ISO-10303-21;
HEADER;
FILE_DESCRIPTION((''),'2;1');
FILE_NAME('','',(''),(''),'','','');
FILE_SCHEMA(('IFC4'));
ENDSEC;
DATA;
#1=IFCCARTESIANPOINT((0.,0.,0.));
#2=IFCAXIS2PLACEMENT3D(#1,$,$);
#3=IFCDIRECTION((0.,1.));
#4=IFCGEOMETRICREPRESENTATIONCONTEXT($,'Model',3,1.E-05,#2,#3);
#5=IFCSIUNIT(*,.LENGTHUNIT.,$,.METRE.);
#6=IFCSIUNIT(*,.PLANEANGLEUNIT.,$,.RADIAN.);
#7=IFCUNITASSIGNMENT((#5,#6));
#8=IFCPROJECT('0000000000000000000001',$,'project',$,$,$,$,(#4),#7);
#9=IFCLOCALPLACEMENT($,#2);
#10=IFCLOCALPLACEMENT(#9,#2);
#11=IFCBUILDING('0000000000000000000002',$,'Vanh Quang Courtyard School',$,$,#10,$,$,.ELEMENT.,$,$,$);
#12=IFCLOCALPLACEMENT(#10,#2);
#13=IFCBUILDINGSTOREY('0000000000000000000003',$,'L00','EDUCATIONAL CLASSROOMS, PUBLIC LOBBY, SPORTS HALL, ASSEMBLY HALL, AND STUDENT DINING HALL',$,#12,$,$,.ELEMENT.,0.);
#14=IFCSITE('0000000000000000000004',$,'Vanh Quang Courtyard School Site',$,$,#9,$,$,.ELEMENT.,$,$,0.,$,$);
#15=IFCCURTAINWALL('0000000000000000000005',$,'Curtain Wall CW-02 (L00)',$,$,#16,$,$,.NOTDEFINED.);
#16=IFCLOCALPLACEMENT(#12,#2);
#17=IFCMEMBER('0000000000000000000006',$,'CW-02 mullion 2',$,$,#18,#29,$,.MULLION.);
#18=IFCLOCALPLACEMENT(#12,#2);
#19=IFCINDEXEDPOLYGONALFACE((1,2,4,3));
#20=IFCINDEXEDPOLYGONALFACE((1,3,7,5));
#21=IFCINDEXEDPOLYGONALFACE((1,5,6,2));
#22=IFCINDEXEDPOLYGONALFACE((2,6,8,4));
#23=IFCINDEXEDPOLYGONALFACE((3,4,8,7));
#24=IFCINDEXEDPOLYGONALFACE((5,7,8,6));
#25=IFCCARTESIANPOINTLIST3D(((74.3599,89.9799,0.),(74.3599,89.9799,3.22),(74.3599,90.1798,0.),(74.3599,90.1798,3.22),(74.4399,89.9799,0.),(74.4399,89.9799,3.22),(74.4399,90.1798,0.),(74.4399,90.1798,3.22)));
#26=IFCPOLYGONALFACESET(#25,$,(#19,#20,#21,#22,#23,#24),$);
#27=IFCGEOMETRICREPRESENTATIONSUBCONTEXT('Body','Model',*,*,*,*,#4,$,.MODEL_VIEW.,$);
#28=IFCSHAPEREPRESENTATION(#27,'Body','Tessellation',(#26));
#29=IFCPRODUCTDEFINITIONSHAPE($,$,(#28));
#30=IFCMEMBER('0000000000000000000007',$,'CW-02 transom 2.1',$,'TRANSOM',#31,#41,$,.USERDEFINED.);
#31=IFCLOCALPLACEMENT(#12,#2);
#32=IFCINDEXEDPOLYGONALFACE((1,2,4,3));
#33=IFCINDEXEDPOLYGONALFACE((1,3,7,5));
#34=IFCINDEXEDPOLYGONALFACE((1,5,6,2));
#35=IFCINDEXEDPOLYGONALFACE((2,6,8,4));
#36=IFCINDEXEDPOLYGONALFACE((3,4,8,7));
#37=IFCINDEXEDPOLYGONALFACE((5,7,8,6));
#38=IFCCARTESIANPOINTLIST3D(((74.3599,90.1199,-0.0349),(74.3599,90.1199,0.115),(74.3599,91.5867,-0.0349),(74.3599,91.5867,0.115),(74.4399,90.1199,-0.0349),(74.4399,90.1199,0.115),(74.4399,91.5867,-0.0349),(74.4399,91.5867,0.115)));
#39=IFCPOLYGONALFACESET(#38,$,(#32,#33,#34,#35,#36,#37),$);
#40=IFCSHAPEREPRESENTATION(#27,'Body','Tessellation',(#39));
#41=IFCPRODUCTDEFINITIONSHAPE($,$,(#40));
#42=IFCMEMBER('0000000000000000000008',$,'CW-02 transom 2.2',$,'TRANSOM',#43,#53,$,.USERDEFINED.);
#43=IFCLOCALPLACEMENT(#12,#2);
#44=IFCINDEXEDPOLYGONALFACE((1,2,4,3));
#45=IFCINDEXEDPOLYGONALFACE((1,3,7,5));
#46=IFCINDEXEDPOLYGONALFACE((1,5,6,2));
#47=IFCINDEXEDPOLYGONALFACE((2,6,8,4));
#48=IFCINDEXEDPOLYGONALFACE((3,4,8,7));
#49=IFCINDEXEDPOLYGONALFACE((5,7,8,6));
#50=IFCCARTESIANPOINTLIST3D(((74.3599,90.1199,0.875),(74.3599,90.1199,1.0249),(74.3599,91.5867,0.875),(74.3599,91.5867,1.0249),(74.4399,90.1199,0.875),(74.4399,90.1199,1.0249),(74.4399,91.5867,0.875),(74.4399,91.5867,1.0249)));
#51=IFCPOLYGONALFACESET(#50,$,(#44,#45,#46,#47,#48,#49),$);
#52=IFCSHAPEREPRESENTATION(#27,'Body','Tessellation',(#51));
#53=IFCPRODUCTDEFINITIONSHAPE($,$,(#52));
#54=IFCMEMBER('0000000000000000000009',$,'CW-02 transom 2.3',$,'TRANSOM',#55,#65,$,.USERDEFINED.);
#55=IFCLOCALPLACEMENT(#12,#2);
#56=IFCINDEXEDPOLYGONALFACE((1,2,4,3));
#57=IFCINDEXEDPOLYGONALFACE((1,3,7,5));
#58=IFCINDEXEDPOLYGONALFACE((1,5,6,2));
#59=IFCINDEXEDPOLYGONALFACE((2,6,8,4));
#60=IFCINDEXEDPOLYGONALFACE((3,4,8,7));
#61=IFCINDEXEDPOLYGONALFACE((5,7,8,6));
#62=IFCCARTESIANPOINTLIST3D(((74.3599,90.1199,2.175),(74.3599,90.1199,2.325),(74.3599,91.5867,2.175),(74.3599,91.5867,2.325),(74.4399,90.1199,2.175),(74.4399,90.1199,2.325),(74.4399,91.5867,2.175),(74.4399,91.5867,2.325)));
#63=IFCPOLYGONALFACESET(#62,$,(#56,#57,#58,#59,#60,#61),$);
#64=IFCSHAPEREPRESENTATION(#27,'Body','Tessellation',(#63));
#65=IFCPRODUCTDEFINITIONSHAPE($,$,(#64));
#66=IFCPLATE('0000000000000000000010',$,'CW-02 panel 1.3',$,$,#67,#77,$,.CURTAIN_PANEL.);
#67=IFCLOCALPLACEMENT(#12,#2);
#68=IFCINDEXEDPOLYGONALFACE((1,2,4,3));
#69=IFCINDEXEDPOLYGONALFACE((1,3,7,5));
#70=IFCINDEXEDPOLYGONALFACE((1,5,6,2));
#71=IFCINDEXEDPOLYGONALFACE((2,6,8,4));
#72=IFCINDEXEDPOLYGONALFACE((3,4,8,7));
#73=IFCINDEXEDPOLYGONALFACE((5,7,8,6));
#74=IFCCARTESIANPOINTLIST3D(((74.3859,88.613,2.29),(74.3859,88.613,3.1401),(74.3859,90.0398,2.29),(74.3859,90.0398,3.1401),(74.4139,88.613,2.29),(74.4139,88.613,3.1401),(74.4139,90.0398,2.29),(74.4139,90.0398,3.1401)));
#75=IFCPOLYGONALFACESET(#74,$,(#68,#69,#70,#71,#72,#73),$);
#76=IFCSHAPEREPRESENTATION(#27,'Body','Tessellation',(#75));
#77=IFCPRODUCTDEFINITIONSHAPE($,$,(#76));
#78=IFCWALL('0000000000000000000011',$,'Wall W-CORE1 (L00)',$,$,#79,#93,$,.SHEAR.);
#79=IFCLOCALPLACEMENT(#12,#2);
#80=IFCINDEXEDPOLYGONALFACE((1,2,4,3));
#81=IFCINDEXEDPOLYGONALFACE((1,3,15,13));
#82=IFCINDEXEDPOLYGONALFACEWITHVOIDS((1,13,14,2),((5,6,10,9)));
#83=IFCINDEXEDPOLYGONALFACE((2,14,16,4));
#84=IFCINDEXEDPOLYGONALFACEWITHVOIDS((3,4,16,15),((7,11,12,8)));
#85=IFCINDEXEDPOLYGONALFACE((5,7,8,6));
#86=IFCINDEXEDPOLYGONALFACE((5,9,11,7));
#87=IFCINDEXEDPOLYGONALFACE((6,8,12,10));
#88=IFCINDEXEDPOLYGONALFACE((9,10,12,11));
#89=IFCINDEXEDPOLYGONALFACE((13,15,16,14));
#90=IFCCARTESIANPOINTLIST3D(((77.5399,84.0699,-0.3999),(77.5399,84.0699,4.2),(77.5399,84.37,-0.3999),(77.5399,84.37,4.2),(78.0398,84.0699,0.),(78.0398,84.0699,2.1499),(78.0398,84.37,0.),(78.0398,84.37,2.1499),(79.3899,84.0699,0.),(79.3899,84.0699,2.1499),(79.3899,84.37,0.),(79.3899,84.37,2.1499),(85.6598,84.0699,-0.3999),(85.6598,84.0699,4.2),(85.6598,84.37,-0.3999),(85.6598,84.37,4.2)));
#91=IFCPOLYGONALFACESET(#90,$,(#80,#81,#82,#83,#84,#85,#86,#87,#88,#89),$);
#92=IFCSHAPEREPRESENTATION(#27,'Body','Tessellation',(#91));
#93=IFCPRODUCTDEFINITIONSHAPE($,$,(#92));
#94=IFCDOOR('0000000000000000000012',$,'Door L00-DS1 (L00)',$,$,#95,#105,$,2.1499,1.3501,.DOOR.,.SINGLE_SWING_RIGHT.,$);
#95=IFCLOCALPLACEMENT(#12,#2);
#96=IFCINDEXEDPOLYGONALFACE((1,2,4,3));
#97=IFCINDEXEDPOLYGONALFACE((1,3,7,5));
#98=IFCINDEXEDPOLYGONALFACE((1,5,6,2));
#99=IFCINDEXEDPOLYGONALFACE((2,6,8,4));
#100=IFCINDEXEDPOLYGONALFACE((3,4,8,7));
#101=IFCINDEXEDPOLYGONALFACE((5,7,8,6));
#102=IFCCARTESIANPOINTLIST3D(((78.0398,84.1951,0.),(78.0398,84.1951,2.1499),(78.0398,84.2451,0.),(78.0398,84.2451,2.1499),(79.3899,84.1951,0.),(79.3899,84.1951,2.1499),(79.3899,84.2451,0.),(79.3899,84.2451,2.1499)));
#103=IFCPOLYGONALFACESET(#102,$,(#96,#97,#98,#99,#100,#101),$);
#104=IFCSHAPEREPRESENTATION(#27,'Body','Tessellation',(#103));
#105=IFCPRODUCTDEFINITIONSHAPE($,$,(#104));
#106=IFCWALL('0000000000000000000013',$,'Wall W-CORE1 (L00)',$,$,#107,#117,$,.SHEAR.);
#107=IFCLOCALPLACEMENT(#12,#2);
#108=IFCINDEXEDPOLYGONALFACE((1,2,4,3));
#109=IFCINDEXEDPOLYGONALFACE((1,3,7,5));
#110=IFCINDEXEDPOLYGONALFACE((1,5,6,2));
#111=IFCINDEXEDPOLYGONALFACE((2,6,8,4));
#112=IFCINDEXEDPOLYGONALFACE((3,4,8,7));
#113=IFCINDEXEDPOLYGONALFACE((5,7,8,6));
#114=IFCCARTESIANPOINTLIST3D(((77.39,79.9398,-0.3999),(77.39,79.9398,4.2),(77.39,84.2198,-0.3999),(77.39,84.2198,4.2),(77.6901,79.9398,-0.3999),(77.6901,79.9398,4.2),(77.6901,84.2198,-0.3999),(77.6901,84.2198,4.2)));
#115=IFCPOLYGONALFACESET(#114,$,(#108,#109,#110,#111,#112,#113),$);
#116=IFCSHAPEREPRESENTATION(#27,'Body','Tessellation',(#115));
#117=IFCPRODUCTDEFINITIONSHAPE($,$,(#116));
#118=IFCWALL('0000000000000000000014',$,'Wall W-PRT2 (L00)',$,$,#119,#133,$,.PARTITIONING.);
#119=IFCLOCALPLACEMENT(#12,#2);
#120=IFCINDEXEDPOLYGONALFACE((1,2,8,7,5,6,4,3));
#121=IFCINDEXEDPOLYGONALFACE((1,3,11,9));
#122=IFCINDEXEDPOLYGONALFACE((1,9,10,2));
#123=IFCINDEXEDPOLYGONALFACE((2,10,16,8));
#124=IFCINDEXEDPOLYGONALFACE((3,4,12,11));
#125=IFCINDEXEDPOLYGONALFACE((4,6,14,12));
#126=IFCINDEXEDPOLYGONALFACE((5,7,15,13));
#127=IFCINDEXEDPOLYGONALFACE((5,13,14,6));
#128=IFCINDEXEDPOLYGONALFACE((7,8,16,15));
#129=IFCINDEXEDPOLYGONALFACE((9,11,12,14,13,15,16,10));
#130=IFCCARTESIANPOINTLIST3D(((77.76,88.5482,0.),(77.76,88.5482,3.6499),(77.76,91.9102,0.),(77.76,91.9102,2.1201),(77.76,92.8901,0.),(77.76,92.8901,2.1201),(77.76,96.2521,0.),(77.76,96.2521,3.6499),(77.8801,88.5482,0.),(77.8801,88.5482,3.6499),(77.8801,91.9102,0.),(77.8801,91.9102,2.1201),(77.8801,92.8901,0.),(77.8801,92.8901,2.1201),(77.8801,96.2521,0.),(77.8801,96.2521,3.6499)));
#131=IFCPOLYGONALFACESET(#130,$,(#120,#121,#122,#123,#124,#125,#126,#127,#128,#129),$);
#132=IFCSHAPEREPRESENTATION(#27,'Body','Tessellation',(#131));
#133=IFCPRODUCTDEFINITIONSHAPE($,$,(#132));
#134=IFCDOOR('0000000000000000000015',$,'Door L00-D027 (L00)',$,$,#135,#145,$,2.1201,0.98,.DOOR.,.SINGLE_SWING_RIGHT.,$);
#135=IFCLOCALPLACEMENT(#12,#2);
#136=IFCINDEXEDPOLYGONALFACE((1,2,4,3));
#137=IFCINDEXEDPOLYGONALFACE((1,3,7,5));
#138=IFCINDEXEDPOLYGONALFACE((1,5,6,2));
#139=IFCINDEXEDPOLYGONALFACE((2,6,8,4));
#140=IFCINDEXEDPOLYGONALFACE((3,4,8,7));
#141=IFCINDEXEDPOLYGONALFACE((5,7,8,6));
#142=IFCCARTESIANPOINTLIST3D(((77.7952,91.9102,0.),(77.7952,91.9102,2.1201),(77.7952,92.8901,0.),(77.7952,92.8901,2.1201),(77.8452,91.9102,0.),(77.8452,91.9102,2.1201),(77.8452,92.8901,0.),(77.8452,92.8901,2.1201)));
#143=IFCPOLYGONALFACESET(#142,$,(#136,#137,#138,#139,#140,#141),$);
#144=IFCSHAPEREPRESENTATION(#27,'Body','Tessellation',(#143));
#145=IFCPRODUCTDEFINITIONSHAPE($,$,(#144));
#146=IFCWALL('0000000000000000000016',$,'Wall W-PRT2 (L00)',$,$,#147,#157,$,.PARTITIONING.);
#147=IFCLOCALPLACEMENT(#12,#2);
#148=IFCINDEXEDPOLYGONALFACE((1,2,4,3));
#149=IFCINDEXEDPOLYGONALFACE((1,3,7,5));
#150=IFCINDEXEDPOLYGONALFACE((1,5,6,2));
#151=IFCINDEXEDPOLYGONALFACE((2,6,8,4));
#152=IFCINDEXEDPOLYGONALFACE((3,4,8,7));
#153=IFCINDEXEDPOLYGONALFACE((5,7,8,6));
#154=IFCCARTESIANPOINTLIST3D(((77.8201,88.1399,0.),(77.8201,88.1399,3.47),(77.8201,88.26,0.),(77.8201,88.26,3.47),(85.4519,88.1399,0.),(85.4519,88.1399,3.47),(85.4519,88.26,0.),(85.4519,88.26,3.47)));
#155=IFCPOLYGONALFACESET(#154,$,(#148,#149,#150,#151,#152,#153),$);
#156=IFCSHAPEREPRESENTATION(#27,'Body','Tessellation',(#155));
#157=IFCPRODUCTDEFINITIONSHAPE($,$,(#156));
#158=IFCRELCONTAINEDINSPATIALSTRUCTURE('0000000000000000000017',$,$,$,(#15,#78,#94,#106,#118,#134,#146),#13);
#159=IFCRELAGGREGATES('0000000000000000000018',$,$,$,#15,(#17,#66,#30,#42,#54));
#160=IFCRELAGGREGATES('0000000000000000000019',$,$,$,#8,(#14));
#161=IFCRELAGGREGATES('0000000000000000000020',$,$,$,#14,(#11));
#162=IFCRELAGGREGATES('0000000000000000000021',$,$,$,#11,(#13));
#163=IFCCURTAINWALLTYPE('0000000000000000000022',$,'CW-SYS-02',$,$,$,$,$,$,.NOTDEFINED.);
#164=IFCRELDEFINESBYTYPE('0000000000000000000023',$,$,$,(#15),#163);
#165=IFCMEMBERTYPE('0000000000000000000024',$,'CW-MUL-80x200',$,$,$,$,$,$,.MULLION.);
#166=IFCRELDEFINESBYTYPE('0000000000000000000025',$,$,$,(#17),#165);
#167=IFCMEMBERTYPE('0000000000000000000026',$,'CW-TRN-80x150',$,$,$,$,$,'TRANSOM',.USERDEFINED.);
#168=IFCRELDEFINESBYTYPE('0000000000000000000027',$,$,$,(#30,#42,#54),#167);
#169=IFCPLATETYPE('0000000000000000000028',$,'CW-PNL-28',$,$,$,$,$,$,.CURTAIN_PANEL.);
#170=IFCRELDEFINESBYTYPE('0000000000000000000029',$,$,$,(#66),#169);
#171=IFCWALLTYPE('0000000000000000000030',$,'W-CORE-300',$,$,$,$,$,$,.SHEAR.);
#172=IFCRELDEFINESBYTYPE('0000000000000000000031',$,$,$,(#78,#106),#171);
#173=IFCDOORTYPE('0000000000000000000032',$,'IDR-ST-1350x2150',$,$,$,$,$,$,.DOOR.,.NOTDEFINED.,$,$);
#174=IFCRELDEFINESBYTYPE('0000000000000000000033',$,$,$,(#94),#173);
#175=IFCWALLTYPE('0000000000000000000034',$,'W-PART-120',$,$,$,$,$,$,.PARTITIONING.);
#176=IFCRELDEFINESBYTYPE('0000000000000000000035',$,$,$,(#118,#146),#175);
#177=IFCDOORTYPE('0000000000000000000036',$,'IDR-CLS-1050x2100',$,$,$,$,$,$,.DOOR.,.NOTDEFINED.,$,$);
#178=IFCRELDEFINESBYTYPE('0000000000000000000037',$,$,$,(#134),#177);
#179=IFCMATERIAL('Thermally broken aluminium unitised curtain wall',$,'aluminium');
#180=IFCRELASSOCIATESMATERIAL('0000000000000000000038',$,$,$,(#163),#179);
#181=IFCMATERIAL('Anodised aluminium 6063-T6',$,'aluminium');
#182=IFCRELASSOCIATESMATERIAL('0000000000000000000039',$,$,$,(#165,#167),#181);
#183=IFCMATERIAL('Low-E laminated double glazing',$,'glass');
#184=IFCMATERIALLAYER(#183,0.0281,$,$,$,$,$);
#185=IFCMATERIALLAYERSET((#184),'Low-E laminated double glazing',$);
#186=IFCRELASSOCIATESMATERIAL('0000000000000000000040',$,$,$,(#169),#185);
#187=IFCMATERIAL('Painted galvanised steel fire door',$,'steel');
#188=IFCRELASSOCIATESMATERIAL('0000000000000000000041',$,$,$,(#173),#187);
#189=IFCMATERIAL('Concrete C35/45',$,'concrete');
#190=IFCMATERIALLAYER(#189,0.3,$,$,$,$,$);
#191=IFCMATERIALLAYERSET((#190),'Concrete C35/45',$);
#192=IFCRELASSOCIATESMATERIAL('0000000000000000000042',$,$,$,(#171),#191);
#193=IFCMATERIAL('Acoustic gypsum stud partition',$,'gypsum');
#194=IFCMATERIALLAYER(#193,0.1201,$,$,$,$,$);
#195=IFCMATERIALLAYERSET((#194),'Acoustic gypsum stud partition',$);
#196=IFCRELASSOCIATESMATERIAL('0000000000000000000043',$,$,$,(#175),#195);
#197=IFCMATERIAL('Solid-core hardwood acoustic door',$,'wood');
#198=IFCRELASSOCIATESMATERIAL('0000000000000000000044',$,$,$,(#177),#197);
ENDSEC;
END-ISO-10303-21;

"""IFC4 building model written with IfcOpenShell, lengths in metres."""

from ifc_helpers import new_model, si_unit, direction, frame, frame_2d, origin, origin_2d, place, context, subcontext, project, spatial, rectangle, extrude, material, layer, layer_set, material_profile, profile_set, type_object, element, fill, aggregate, save


model = new_model("IFC4")

# Units and contexts
model_context = context("Model", 3, precision=1e-05, world=origin(), true_north=direction((0.0, 1.0)))
body_context = subcontext(model_context, "Body", "Model", "MODEL_VIEW")
ifc_project = project(units=[si_unit("LENGTHUNIT", "METRE"), si_unit("PLANEANGLEUNIT", "RADIAN")], contexts=[model_context])

# Site, building, storey
site_placement = place(None, origin())
site = spatial("IfcSite", under=ifc_project, at=site_placement, Name="Vanh Quang Courtyard School Site", CompositionType="ELEMENT", RefElevation=0.0)
building_placement = place(site_placement, origin())
building = spatial("IfcBuilding", under=site, at=building_placement, Name="Vanh Quang Courtyard School", CompositionType="ELEMENT")
storey_placement = place(building_placement, origin())
storey = spatial("IfcBuildingStorey", under=building, at=storey_placement, Name="L00", Description="EDUCATIONAL CLASSROOMS, PUBLIC LOBBY, SPORTS HALL, ASSEMBLY HALL, AND STUDENT DINING HALL", CompositionType="ELEMENT", Elevation=0.0)

# Shared definitions
ifc_material_1 = material(Name="Concrete C35/45", Category="concrete")

# Curtain wall, members, plate
ifc_material_2 = material(Name="Thermally broken aluminium unitised curtain wall", Category="aluminium")
curtain_wall_type = type_object("IfcCurtainWallType", Name="CW-SYS-02", PredefinedType="NOTDEFINED", material=ifc_material_2)
curtain_wall_placement = place(storey_placement, origin())
curtain_wall = element("IfcCurtainWall", 1, at=curtain_wall_placement, inside=storey, type_object=curtain_wall_type, Name="Curtain Wall CW-02 (L00)", PredefinedType="NOTDEFINED")
ifc_material_3 = material(Name="Anodised aluminium 6063-T6", Category="aluminium")
ifc_material_profile_1 = material_profile(ifc_material_3, rectangle(XDim=0.0801, YDim=0.2, at=origin_2d()), Name="ALU-MUL 80x200")
ifc_profile_set_1 = profile_set([ifc_material_profile_1], Name="Anodised aluminium 6063-T6")
member_type_1 = type_object("IfcMemberType", Name="CW-MUL-80x200", PredefinedType="MULLION", material=ifc_profile_set_1)
member_1_placement = place(storey_placement, frame((74.3999, 90.0798, 0.0), z_axis=(0.0, 0.0, 1.0), x_axis=(-1.0, 0.0, 0.0)))
member_1 = element("IfcMember", 2, at=member_1_placement, type_object=member_type_1, Name="CW-02 mullion 2", PredefinedType="MULLION", context=body_context, shape_type="SweptSolid", body=[
    extrude(rectangle(XDim=0.0801, YDim=0.2, at=origin_2d()), origin(), (0.0, 0.0, 1.0), 3.22),
])
ifc_material_profile_2 = material_profile(ifc_material_3, rectangle(XDim=0.0801, YDim=0.1499, at=origin_2d()), Name="ALU-TRN 80x150")
ifc_profile_set_2 = profile_set([ifc_material_profile_2], Name="Anodised aluminium 6063-T6")
member_type_2 = type_object("IfcMemberType", Name="CW-TRN-80x150", ElementType="TRANSOM", PredefinedType="USERDEFINED", material=ifc_profile_set_2)
member_2_placement = place(storey_placement, frame((74.3999, 90.1199, 0.04), z_axis=(0.0, 1.0, 0.0), x_axis=(-1.0, 0.0, 0.0)))
member_2 = element("IfcMember", 3, at=member_2_placement, type_object=member_type_2, Name="CW-02 transom 2.1", ObjectType="TRANSOM", PredefinedType="USERDEFINED", context=body_context, shape_type="SweptSolid", body=[
    extrude(rectangle(XDim=0.0801, YDim=0.1499, at=origin_2d()), origin(), (0.0, 0.0, 1.0), 1.4668),
])
member_3_placement = place(storey_placement, frame((74.3999, 90.1199, 0.95), z_axis=(0.0, 1.0, 0.0), x_axis=(-1.0, 0.0, 0.0)))
member_3 = element("IfcMember", 4, at=member_3_placement, type_object=member_type_2, Name="CW-02 transom 2.2", ObjectType="TRANSOM", PredefinedType="USERDEFINED", context=body_context, shape_type="SweptSolid", body=[
    extrude(rectangle(XDim=0.0801, YDim=0.1499, at=origin_2d()), origin(), (0.0, 0.0, 1.0), 1.4668),
])
member_4_placement = place(storey_placement, frame((74.3999, 90.1199, 2.25), z_axis=(0.0, 1.0, 0.0), x_axis=(-1.0, 0.0, 0.0)))
member_4 = element("IfcMember", 5, at=member_4_placement, type_object=member_type_2, Name="CW-02 transom 2.3", ObjectType="TRANSOM", PredefinedType="USERDEFINED", context=body_context, shape_type="SweptSolid", body=[
    extrude(rectangle(XDim=0.0801, YDim=0.1499, at=origin_2d()), origin(), (0.0, 0.0, 1.0), 1.4668),
])
ifc_material_4 = material(Name="Low-E laminated double glazing", Category="glass")
ifc_layer_1 = layer(ifc_material_4, 0.0281)
ifc_layer_set_1 = layer_set([ifc_layer_1], Name="Low-E laminated double glazing")
plate_type = type_object("IfcPlateType", Name="CW-PNL-28", PredefinedType="CURTAIN_PANEL", material=ifc_layer_set_1)
plate_placement = place(storey_placement, frame((74.3999, 89.3264, 2.29), z_axis=(0.0, 0.0, 1.0), x_axis=(0.0, 1.0, 0.0)))
plate = element("IfcPlate", 6, at=plate_placement, type_object=plate_type, Name="CW-02 panel 1.3", PredefinedType="CURTAIN_PANEL", context=body_context, shape_type="SweptSolid", body=[
    extrude(rectangle(XDim=1.4268, YDim=0.0281, at=origin_2d()), origin(), (0.0, 0.0, 1.0), 0.8501),
])
aggregate(curtain_wall, [member_1, plate, member_2, member_3, member_4])

# Wall, opening, door
ifc_material_5 = material(Name="Painted galvanised steel fire door", Category="steel")
door_type_1 = type_object("IfcDoorType", Name="IDR-ST-1350x2150", OperationType="NOTDEFINED", PredefinedType="DOOR", material=ifc_material_5)
ifc_layer_2 = layer(ifc_material_1, 0.3)
ifc_layer_set_2 = layer_set([ifc_layer_2], Name="Concrete C35/45")
wall_type_1 = type_object("IfcWallType", Name="W-CORE-300", PredefinedType="SHEAR", material=ifc_layer_set_2)
wall_1_placement = place(storey_placement, frame((85.6599, 84.22, -0.3999), z_axis=(0.0, 0.0, 1.0), x_axis=(-1.0, 0.0, 0.0)))
wall_1 = element("IfcWall", 7, at=wall_1_placement, inside=storey, type_object=wall_type_1, Name="Wall W-CORE1 (L00)", PredefinedType="SHEAR", context=body_context, shape_type="SweptSolid", body=[
    extrude(rectangle(XDim=8.1199, YDim=0.3, at=frame_2d((4.0601, 0.0))), origin(), (0.0, 0.0, 1.0), 4.5999),
])
opening_1_placement = place(wall_1_placement, frame((6.27, 0.0, 0.3999)))
opening_1 = element("IfcOpeningElement", 8, at=opening_1_placement, cuts=wall_1, PredefinedType="OPENING", context=body_context, shape_type="SweptSolid", body=[
    extrude(rectangle(XDim=1.3501, YDim=2.1499, at=frame_2d((0.675, 1.075))), frame((0.0, 0.1602, 0.0), z_axis=(0.0, -1.0, 0.0), x_axis=(1.0, 0.0, 0.0)), (0.0, 0.0, 1.0), 0.3201),
])
door_1_placement = place(opening_1_placement, origin())
door_1 = element("IfcDoor", 9, at=door_1_placement, inside=storey, type_object=door_type_1, Name="Door L00-DS1 (L00)", OperationType="SINGLE_SWING_RIGHT", OverallHeight=2.1499, OverallWidth=1.3501, PredefinedType="DOOR", context=body_context, shape_type="SweptSolid", body=[
    extrude(rectangle(XDim=1.3501, YDim=2.1499, at=frame_2d((0.675, 1.075))), frame((0.0, 0.0249, 0.0), z_axis=(0.0, -1.0, 0.0), x_axis=(1.0, 0.0, 0.0)), (0.0, 0.0, 1.0), 0.05),
])
fill(opening_1, door_1)

# Wall
wall_2_placement = place(storey_placement, frame((77.54, 84.22, -0.3999), z_axis=(0.0, 0.0, 1.0), x_axis=(0.0, -1.0, 0.0)))
element("IfcWall", 10, at=wall_2_placement, inside=storey, type_object=wall_type_1, Name="Wall W-CORE1 (L00)", PredefinedType="SHEAR", context=body_context, shape_type="SweptSolid", body=[
    extrude(rectangle(XDim=4.28, YDim=0.3, at=frame_2d((2.1401, 0.0))), origin(), (0.0, 0.0, 1.0), 4.5999),
])

# Wall, opening, door
ifc_material_6 = material(Name="Acoustic gypsum stud partition", Category="gypsum")
ifc_layer_3 = layer(ifc_material_6, 0.1201)
ifc_layer_set_3 = layer_set([ifc_layer_3], Name="Acoustic gypsum stud partition")
wall_type_2 = type_object("IfcWallType", Name="W-PART-120", PredefinedType="PARTITIONING", material=ifc_layer_set_3)
wall_3_placement = place(storey_placement, frame((77.8201, 88.5481, 0.0), z_axis=(0.0, 0.0, 1.0), x_axis=(0.0, 1.0, 0.0)))
wall_3 = element("IfcWall", 11, at=wall_3_placement, inside=storey, type_object=wall_type_2, Name="Wall W-PRT2 (L00)", PredefinedType="PARTITIONING", context=body_context, shape_type="SweptSolid", body=[
    extrude(rectangle(XDim=7.7039, YDim=0.1201, at=frame_2d((3.8521, 0.0))), origin(), (0.0, 0.0, 1.0), 3.6499),
])
opening_2_placement = place(wall_3_placement, frame((3.3621, 0.0, 0.0)))
opening_2 = element("IfcOpeningElement", 12, at=opening_2_placement, cuts=wall_3, PredefinedType="OPENING", context=body_context, shape_type="SweptSolid", body=[
    extrude(rectangle(XDim=0.98, YDim=2.1201, at=frame_2d((0.49, 1.0601))), frame((0.0, 0.0701, 0.0), z_axis=(0.0, -1.0, 0.0), x_axis=(1.0, 0.0, 0.0)), (0.0, 0.0, 1.0), 0.1401),
])
ifc_material_7 = material(Name="Solid-core hardwood acoustic door", Category="wood")
door_type_2 = type_object("IfcDoorType", Name="IDR-CLS-1050x2100", OperationType="NOTDEFINED", PredefinedType="DOOR", material=ifc_material_7)
door_2_placement = place(opening_2_placement, origin())
door_2 = element("IfcDoor", 13, at=door_2_placement, inside=storey, type_object=door_type_2, Name="Door L00-D027 (L00)", OperationType="SINGLE_SWING_RIGHT", OverallHeight=2.1201, OverallWidth=0.98, PredefinedType="DOOR", context=body_context, shape_type="SweptSolid", body=[
    extrude(rectangle(XDim=0.98, YDim=2.1201, at=frame_2d((0.49, 1.0601))), frame((0.0, 0.0249, 0.0), z_axis=(0.0, -1.0, 0.0), x_axis=(1.0, 0.0, 0.0)), (0.0, 0.0, 1.0), 0.05),
])
fill(opening_2, door_2)

# Wall
wall_4_placement = place(storey_placement, frame((85.4519, 88.2, 0.0), z_axis=(0.0, 0.0, 1.0), x_axis=(-1.0, 0.0, 0.0)))
element("IfcWall", 14, at=wall_4_placement, inside=storey, type_object=wall_type_2, Name="Wall W-PRT2 (L00)", PredefinedType="PARTITIONING", context=body_context, shape_type="SweptSolid", body=[
    extrude(rectangle(XDim=7.6318, YDim=0.1201, at=frame_2d((3.8159, 0.0))), origin(), (0.0, 0.0, 1.0), 3.47),
])

save(model, "model.ifc")
